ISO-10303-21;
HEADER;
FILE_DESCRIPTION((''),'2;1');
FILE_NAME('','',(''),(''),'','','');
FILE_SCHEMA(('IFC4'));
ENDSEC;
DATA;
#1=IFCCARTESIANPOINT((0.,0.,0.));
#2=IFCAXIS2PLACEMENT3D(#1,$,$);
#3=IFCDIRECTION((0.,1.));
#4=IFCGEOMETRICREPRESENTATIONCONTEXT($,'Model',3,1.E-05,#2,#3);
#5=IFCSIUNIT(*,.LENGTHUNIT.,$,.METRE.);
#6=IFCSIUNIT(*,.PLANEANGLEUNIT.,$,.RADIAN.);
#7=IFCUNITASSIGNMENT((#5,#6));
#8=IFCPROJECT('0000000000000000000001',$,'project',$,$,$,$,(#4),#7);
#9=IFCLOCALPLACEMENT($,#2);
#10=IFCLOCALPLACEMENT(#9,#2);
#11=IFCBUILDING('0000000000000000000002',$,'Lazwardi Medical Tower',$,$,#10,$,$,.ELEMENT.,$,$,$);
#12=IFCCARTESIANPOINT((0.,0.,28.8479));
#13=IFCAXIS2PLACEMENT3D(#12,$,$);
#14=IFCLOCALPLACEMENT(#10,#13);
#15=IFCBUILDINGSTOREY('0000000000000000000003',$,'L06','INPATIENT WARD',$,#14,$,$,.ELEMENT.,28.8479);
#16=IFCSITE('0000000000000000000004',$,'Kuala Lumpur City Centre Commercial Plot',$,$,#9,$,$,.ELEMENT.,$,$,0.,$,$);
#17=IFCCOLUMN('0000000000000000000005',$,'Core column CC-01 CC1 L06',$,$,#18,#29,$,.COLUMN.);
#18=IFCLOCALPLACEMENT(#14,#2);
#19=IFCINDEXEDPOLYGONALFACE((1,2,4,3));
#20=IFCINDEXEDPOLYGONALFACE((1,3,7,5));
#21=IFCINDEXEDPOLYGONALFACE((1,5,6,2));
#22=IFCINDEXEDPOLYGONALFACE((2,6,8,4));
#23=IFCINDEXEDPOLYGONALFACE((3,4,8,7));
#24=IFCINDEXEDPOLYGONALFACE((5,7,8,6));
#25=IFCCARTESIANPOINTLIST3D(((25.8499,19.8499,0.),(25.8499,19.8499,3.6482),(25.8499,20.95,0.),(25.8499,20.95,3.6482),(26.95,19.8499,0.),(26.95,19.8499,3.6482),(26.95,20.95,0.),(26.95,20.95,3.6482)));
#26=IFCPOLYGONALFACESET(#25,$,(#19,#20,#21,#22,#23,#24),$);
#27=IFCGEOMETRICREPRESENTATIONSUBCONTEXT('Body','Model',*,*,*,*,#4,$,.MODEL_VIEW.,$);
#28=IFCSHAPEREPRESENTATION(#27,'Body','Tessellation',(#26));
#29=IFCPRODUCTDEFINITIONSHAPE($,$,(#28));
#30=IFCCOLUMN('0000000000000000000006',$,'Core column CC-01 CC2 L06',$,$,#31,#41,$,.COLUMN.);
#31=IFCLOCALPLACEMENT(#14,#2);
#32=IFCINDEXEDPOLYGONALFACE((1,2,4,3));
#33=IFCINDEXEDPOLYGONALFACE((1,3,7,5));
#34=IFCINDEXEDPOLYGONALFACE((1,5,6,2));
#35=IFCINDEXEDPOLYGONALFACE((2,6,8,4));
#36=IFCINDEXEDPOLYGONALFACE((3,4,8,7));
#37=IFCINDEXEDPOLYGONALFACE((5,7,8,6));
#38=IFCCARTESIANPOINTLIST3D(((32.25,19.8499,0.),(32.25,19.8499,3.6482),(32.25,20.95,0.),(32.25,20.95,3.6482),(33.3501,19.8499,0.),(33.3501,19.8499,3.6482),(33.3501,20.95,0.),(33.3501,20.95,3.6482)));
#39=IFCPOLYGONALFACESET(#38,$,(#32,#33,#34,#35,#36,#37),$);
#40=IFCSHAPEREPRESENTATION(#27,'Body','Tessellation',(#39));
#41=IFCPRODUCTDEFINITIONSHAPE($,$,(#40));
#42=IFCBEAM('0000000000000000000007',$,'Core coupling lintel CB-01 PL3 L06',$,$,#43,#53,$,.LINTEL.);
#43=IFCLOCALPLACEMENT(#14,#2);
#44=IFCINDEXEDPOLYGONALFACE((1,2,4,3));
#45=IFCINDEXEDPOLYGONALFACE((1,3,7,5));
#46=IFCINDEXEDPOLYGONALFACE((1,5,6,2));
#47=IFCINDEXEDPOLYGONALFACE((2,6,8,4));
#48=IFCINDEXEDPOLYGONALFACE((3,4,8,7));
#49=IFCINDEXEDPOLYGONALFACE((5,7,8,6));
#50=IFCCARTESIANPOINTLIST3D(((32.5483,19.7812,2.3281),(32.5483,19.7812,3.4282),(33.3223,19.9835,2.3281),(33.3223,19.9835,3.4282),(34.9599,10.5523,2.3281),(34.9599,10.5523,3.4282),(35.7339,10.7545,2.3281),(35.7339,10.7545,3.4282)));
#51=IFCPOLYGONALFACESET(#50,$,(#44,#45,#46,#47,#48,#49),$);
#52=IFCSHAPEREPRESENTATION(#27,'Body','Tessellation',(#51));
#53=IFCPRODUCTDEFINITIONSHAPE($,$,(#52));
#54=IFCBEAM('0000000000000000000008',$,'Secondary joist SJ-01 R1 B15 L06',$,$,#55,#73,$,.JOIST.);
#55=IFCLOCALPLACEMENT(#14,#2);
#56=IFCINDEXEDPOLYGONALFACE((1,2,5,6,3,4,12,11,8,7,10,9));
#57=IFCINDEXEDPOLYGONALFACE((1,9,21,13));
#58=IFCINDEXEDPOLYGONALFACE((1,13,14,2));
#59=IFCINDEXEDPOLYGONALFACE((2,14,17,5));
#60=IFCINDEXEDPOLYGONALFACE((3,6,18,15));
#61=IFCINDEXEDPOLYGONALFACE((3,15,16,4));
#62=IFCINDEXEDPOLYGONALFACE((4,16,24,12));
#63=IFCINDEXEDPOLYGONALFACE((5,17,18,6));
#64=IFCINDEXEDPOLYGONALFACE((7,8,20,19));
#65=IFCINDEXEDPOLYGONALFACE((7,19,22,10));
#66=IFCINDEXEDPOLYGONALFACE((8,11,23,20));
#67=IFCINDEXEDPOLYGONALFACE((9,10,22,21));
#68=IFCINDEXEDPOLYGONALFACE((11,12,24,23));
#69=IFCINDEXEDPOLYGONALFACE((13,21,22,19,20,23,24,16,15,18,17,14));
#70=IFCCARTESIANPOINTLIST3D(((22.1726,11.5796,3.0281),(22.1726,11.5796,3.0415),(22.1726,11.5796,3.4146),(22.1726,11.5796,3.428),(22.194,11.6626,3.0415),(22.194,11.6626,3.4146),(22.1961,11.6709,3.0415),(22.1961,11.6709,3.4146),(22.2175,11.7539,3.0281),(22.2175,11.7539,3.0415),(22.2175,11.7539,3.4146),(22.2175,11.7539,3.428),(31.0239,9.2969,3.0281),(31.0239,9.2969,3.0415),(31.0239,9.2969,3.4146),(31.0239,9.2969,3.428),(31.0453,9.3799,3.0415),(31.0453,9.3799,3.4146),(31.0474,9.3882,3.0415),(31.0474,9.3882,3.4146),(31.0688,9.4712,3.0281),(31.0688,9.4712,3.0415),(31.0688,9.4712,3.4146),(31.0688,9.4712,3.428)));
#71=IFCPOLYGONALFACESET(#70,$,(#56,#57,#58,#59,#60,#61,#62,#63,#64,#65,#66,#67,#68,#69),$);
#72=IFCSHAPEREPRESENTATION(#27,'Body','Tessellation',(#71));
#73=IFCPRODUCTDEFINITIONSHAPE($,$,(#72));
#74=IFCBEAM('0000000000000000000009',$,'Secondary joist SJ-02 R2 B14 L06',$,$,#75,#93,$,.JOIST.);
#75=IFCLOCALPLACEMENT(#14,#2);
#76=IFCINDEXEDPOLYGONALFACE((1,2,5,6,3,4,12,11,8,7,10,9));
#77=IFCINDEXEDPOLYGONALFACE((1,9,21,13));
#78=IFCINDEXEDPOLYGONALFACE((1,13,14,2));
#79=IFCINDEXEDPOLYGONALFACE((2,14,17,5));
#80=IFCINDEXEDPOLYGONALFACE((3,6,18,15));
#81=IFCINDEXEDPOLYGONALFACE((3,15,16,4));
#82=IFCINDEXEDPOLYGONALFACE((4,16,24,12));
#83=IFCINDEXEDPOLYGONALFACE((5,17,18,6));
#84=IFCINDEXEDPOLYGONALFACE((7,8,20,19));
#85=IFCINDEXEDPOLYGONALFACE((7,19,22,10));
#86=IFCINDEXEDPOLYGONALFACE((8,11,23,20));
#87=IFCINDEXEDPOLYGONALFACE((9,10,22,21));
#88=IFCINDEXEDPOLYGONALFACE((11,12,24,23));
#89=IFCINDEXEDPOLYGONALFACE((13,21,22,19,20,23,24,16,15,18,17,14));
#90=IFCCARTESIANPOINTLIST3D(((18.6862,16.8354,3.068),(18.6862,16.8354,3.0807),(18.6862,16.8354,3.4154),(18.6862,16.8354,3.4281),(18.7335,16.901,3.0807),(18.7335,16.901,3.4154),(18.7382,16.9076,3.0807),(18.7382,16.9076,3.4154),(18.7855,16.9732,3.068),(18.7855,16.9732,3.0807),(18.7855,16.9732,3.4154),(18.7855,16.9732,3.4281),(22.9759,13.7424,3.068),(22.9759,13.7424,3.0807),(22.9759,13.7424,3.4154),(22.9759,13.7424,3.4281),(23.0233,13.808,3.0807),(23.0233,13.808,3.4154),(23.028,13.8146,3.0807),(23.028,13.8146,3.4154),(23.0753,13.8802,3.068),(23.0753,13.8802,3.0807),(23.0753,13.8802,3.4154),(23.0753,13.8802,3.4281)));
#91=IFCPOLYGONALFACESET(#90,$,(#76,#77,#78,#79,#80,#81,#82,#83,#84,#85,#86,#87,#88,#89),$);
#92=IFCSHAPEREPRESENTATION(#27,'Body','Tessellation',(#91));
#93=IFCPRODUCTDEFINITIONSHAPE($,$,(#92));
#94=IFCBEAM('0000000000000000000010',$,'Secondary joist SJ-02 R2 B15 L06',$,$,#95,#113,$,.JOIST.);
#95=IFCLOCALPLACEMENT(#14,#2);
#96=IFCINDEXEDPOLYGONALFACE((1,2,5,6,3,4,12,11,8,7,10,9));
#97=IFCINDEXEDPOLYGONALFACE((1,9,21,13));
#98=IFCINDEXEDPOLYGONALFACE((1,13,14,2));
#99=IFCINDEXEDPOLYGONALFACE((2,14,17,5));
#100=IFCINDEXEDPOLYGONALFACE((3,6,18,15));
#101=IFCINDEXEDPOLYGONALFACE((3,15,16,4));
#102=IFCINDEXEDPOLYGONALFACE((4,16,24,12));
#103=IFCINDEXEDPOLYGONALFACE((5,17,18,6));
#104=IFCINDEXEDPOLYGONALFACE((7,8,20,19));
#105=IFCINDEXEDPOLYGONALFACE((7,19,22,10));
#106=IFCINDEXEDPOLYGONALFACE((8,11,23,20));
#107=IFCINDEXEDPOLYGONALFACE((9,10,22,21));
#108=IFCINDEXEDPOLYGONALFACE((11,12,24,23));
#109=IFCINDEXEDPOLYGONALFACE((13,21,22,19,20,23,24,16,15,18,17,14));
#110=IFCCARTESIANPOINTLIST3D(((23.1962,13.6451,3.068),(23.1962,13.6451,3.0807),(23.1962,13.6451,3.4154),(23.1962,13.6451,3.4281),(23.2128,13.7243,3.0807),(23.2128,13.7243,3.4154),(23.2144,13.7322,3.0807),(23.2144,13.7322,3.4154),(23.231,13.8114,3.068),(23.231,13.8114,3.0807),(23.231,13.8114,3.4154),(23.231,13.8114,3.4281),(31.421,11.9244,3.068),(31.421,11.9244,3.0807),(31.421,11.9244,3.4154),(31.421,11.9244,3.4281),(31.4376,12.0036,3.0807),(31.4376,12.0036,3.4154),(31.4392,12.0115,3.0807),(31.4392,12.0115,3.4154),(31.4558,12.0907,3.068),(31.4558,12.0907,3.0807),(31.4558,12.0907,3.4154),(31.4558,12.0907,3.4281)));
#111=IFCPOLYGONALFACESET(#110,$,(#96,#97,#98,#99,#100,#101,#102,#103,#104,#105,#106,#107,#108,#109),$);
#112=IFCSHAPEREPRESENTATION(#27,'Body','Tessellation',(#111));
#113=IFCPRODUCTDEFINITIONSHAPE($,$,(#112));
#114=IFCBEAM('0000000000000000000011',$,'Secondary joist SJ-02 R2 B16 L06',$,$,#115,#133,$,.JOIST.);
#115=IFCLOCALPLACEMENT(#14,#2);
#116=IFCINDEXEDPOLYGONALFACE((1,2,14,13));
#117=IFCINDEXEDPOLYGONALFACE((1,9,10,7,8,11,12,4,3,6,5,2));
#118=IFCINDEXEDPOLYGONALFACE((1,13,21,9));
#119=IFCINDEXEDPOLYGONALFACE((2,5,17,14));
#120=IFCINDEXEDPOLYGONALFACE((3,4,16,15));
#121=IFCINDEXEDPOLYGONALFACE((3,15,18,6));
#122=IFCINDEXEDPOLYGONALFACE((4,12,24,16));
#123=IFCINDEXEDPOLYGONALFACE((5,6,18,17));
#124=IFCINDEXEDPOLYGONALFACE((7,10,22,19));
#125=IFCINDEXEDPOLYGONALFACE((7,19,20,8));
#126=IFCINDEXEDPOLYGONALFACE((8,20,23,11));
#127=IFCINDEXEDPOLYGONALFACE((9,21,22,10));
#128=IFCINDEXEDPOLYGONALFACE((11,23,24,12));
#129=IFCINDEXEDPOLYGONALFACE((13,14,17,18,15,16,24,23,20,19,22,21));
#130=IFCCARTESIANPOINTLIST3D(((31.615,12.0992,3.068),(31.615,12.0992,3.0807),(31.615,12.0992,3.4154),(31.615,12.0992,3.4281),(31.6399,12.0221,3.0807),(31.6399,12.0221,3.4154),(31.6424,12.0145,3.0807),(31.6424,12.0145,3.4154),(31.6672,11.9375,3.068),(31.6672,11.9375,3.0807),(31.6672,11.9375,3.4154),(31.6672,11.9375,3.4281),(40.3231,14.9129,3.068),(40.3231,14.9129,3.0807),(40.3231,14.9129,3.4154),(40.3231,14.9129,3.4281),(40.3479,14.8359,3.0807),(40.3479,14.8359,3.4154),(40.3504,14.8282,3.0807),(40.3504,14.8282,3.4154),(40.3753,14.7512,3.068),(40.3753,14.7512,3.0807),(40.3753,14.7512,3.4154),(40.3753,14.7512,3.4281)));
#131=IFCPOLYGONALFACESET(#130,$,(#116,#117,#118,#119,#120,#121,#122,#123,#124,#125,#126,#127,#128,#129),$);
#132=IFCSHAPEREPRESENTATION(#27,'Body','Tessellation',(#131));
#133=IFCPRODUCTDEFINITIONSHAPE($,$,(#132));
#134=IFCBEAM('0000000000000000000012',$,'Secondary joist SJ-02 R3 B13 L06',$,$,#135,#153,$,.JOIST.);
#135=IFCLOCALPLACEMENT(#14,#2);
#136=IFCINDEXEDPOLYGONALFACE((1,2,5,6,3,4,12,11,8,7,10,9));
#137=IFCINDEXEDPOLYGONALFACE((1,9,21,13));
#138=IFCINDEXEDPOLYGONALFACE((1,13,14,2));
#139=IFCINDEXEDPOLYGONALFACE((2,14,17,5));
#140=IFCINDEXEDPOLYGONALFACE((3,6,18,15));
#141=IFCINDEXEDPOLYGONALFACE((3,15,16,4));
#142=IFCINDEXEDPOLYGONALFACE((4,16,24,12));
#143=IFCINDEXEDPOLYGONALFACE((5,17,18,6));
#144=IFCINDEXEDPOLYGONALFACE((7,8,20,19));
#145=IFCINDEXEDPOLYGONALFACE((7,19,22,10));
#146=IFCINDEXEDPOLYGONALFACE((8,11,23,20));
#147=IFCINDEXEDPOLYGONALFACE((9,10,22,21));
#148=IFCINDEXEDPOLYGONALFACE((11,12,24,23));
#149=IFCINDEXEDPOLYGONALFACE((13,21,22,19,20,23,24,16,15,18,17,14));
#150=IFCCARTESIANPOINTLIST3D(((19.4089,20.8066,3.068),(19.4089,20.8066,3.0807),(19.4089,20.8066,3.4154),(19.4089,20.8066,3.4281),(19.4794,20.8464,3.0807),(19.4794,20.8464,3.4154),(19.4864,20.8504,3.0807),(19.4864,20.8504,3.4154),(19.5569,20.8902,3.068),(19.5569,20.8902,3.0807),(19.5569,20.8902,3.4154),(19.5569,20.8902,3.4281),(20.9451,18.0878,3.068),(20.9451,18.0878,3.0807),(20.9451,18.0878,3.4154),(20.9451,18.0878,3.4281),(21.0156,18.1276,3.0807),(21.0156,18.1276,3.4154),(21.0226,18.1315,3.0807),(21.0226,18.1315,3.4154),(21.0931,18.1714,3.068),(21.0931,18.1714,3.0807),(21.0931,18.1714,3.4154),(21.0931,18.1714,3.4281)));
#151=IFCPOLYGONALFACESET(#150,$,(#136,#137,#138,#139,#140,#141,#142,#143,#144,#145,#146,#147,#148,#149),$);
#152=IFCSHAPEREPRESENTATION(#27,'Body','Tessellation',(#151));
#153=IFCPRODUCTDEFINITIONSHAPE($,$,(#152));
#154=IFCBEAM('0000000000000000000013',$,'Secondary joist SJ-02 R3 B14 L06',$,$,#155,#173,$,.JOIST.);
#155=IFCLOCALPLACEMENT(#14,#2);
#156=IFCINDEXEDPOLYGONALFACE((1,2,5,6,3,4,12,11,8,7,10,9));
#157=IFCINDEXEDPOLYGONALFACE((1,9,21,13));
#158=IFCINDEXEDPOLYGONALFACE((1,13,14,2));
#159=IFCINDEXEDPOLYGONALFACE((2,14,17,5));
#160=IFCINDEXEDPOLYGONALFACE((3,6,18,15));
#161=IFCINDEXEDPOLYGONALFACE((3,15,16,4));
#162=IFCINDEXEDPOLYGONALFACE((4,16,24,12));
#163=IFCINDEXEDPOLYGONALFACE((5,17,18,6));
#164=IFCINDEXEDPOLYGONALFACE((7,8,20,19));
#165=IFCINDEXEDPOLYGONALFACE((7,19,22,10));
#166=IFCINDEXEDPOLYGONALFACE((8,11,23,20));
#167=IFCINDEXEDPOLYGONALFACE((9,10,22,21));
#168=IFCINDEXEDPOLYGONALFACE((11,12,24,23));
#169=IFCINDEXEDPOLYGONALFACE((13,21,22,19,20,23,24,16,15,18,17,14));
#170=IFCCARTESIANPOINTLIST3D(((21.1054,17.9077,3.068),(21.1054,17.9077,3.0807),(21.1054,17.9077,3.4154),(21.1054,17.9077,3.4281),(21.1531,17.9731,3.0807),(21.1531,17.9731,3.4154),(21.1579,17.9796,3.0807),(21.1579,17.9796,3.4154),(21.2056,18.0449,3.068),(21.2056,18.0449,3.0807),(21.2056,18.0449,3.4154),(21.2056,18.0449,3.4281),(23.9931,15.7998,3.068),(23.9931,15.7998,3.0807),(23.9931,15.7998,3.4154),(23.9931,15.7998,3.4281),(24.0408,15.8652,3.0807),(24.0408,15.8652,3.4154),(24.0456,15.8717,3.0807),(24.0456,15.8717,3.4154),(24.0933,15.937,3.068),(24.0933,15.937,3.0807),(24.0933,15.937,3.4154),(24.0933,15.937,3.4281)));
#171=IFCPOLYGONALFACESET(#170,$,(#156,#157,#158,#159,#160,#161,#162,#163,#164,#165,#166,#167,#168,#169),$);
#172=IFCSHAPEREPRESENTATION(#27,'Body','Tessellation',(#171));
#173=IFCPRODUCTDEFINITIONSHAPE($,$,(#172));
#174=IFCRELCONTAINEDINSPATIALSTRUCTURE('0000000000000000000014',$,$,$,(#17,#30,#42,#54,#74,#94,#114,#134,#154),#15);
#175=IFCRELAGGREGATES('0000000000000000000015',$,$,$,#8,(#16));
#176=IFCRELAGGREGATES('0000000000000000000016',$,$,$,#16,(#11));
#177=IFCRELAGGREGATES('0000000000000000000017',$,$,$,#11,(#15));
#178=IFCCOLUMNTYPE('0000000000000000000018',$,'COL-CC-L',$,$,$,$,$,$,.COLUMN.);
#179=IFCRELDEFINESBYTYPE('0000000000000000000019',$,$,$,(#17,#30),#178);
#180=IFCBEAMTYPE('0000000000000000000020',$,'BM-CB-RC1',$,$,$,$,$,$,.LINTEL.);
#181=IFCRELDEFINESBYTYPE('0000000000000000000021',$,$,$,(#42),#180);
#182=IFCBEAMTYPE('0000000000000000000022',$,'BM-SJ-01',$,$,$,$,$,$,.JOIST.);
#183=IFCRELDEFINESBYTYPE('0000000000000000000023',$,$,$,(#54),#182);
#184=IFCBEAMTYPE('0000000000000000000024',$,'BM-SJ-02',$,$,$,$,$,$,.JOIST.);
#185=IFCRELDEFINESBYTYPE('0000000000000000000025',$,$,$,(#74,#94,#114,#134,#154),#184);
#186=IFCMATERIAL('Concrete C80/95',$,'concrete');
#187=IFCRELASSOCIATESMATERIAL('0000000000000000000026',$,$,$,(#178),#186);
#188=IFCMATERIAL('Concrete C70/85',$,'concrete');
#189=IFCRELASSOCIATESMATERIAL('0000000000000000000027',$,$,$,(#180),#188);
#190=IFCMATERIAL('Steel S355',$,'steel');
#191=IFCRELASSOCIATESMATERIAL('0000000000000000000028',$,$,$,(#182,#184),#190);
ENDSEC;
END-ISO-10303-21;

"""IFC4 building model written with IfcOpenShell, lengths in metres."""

from ifc_helpers import new_model, si_unit, direction, frame, origin, origin_2d, place, context, subcontext, project, spatial, rectangle, i_section, extrude, material, material_profile, profile_set, type_object, element, save


model = new_model("IFC4")

# Units and contexts
model_context = context("Model", 3, precision=1e-05, world=origin(), true_north=direction((0.0, 1.0)))
body_context = subcontext(model_context, "Body", "Model", "MODEL_VIEW")
ifc_project = project(units=[si_unit("LENGTHUNIT", "METRE"), si_unit("PLANEANGLEUNIT", "RADIAN")], contexts=[model_context])

# Site, building, storey
site_placement = place(None, origin())
site = spatial("IfcSite", under=ifc_project, at=site_placement, Name="Kuala Lumpur City Centre Commercial Plot", CompositionType="ELEMENT", RefElevation=0.0)
building_placement = place(site_placement, origin())
building = spatial("IfcBuilding", under=site, at=building_placement, Name="Lazwardi Medical Tower", CompositionType="ELEMENT")
storey_placement = place(building_placement, frame((0.0, 0.0, 28.8479)))
storey = spatial("IfcBuildingStorey", under=building, at=storey_placement, Name="L06", Description="INPATIENT WARD", CompositionType="ELEMENT", Elevation=28.8479)

# Columns
ifc_material_1 = material(Name="Concrete C80/95", Category="concrete")
ifc_material_profile_1 = material_profile(ifc_material_1, rectangle(XDim=1.1001, YDim=1.1001, at=origin_2d()), Name="RC 1100x1100")
ifc_profile_set_1 = profile_set([ifc_material_profile_1], Name="Concrete C80/95")
column_type = type_object("IfcColumnType", Name="COL-CC-L", PredefinedType="COLUMN", material=ifc_profile_set_1)
for number, where, z_axis, x_axis, name in (
    (1, (26.3999, 20.3999, 0.0), (0.0, 0.0, 1.0), (1.0, 0.0, 0.0), "Core column CC-01 CC1 L06"),
    (2, (32.8, 20.3999, 0.0), (0.0, 0.0, 1.0), (1.0, 0.0, 0.0), "Core column CC-01 CC2 L06"),
):
    element("IfcColumn", number, at=place(storey_placement, frame(where, z_axis=z_axis, x_axis=x_axis)), inside=storey, type_object=column_type, Name=name, PredefinedType="COLUMN", context=body_context, shape_type="SweptSolid", body=[
        extrude(rectangle(XDim=1.1001, YDim=1.1001, at=origin_2d()), origin(), (0.0, 0.0, 1.0), 3.6482),
    ])

# Beams
ifc_material_2 = material(Name="Concrete C70/85", Category="concrete")
ifc_material_profile_2 = material_profile(ifc_material_2, rectangle(XDim=0.8, YDim=1.1001, at=origin_2d()), Name="RC 800x1100")
ifc_profile_set_2 = profile_set([ifc_material_profile_2], Name="Concrete C70/85")
beam_type_1 = type_object("IfcBeamType", Name="BM-CB-RC1", PredefinedType="LINTEL", material=ifc_profile_set_2)
beam_1_placement = place(storey_placement, frame((32.9353, 19.8823, 2.8782), z_axis=(0.25282, -0.967513, 0.0), x_axis=(0.967513, 0.25282, 0.0)))
element("IfcBeam", 3, at=beam_1_placement, inside=storey, type_object=beam_type_1, Name="Core coupling lintel CB-01 PL3 L06", PredefinedType="LINTEL", context=body_context, shape_type="SweptSolid", body=[
    extrude(rectangle(XDim=0.8, YDim=1.1001, at=origin_2d()), origin(), (0.0, 0.0, 1.0), 9.5388),
])
ifc_material_3 = material(Name="Steel S355", Category="steel")
ifc_material_profile_3 = material_profile(ifc_material_3, i_section(OverallWidth=0.1799, OverallDepth=0.3999, WebThickness=0.0085, FlangeThickness=0.0134, at=origin_2d()), Name="IPE 400")
ifc_profile_set_3 = profile_set([ifc_material_profile_3], Name="Steel S355")
beam_type_2 = type_object("IfcBeamType", Name="BM-SJ-01", PredefinedType="JOIST", material=ifc_profile_set_3)
beam_2_placement = place(storey_placement, frame((22.1951, 11.6667, 3.228), z_axis=(0.968317, -0.249725, 0.0), x_axis=(0.249725, 0.968317, 0.0)))
element("IfcBeam", 4, at=beam_2_placement, inside=storey, type_object=beam_type_2, Name="Secondary joist SJ-01 R1 B15 L06", PredefinedType="JOIST", context=body_context, shape_type="SweptSolid", body=[
    extrude(i_section(OverallWidth=0.1799, OverallDepth=0.3999, WebThickness=0.0085, FlangeThickness=0.0134, at=origin_2d()), origin(), (0.0, 0.0, 1.0), 9.1409),
])
ifc_material_profile_4 = material_profile(ifc_material_3, i_section(OverallWidth=0.1699, OverallDepth=0.3601, WebThickness=0.0081, FlangeThickness=0.0127, at=origin_2d()), Name="IPE 360")
ifc_profile_set_4 = profile_set([ifc_material_profile_4], Name="Steel S355")
beam_type_3 = type_object("IfcBeamType", Name="BM-SJ-02", PredefinedType="JOIST", material=ifc_profile_set_4)
beam_3_placement = place(storey_placement, frame((18.7358, 16.9043, 3.248), z_axis=(0.811143, -0.584848, 0.0), x_axis=(0.584848, 0.811143, 0.0)))
element("IfcBeam", 5, at=beam_3_placement, inside=storey, type_object=beam_type_3, Name="Secondary joist SJ-02 R2 B14 L06", PredefinedType="JOIST", context=body_context, shape_type="SweptSolid", body=[
    extrude(i_section(OverallWidth=0.1699, OverallDepth=0.3601, WebThickness=0.0081, FlangeThickness=0.0127, at=origin_2d()), origin(), (0.0, 0.0, 1.0), 5.2886),
])
beam_4_placement = place(storey_placement, frame((23.2136, 13.7283, 3.248), z_axis=(0.978809, -0.204774, 0.0), x_axis=(0.204774, 0.978809, 0.0)))
element("IfcBeam", 6, at=beam_4_placement, inside=storey, type_object=beam_type_3, Name="Secondary joist SJ-02 R2 B15 L06", PredefinedType="JOIST", context=body_context, shape_type="SweptSolid", body=[
    extrude(i_section(OverallWidth=0.1699, OverallDepth=0.3601, WebThickness=0.0081, FlangeThickness=0.0127, at=origin_2d()), origin(), (0.0, 0.0, 1.0), 8.4028),
])
beam_5_placement = place(storey_placement, frame((31.6411, 12.0183, 3.248), z_axis=(0.951559, 0.307467, 0.0), x_axis=(-0.307467, 0.951559, 0.0)))
element("IfcBeam", 7, at=beam_5_placement, inside=storey, type_object=beam_type_3, Name="Secondary joist SJ-02 R2 B16 L06", PredefinedType="JOIST", context=body_context, shape_type="SweptSolid", body=[
    extrude(i_section(OverallWidth=0.1699, OverallDepth=0.3601, WebThickness=0.0081, FlangeThickness=0.0127, at=origin_2d()), origin(), (0.0, 0.0, 1.0), 9.1514),
])
beam_6_placement = place(storey_placement, frame((19.4829, 20.8484, 3.248), z_axis=(0.491923, -0.870639, 0.0), x_axis=(0.870639, 0.491923, 0.0)))
element("IfcBeam", 8, at=beam_6_placement, inside=storey, type_object=beam_type_3, Name="Secondary joist SJ-02 R3 B13 L06", PredefinedType="JOIST", context=body_context, shape_type="SweptSolid", body=[
    extrude(i_section(OverallWidth=0.1699, OverallDepth=0.3601, WebThickness=0.0081, FlangeThickness=0.0127, at=origin_2d()), origin(), (0.0, 0.0, 1.0), 3.1228),
])
beam_7_placement = place(storey_placement, frame((21.1555, 17.9763, 3.248), z_axis=(0.807701, -0.589592, 0.0), x_axis=(0.589592, 0.807701, 0.0)))
element("IfcBeam", 9, at=beam_7_placement, inside=storey, type_object=beam_type_3, Name="Secondary joist SJ-02 R3 B14 L06", PredefinedType="JOIST", context=body_context, shape_type="SweptSolid", body=[
    extrude(i_section(OverallWidth=0.1699, OverallDepth=0.3601, WebThickness=0.0081, FlangeThickness=0.0127, at=origin_2d()), origin(), (0.0, 0.0, 1.0), 3.5752),
])

save(model, "model.ifc")
